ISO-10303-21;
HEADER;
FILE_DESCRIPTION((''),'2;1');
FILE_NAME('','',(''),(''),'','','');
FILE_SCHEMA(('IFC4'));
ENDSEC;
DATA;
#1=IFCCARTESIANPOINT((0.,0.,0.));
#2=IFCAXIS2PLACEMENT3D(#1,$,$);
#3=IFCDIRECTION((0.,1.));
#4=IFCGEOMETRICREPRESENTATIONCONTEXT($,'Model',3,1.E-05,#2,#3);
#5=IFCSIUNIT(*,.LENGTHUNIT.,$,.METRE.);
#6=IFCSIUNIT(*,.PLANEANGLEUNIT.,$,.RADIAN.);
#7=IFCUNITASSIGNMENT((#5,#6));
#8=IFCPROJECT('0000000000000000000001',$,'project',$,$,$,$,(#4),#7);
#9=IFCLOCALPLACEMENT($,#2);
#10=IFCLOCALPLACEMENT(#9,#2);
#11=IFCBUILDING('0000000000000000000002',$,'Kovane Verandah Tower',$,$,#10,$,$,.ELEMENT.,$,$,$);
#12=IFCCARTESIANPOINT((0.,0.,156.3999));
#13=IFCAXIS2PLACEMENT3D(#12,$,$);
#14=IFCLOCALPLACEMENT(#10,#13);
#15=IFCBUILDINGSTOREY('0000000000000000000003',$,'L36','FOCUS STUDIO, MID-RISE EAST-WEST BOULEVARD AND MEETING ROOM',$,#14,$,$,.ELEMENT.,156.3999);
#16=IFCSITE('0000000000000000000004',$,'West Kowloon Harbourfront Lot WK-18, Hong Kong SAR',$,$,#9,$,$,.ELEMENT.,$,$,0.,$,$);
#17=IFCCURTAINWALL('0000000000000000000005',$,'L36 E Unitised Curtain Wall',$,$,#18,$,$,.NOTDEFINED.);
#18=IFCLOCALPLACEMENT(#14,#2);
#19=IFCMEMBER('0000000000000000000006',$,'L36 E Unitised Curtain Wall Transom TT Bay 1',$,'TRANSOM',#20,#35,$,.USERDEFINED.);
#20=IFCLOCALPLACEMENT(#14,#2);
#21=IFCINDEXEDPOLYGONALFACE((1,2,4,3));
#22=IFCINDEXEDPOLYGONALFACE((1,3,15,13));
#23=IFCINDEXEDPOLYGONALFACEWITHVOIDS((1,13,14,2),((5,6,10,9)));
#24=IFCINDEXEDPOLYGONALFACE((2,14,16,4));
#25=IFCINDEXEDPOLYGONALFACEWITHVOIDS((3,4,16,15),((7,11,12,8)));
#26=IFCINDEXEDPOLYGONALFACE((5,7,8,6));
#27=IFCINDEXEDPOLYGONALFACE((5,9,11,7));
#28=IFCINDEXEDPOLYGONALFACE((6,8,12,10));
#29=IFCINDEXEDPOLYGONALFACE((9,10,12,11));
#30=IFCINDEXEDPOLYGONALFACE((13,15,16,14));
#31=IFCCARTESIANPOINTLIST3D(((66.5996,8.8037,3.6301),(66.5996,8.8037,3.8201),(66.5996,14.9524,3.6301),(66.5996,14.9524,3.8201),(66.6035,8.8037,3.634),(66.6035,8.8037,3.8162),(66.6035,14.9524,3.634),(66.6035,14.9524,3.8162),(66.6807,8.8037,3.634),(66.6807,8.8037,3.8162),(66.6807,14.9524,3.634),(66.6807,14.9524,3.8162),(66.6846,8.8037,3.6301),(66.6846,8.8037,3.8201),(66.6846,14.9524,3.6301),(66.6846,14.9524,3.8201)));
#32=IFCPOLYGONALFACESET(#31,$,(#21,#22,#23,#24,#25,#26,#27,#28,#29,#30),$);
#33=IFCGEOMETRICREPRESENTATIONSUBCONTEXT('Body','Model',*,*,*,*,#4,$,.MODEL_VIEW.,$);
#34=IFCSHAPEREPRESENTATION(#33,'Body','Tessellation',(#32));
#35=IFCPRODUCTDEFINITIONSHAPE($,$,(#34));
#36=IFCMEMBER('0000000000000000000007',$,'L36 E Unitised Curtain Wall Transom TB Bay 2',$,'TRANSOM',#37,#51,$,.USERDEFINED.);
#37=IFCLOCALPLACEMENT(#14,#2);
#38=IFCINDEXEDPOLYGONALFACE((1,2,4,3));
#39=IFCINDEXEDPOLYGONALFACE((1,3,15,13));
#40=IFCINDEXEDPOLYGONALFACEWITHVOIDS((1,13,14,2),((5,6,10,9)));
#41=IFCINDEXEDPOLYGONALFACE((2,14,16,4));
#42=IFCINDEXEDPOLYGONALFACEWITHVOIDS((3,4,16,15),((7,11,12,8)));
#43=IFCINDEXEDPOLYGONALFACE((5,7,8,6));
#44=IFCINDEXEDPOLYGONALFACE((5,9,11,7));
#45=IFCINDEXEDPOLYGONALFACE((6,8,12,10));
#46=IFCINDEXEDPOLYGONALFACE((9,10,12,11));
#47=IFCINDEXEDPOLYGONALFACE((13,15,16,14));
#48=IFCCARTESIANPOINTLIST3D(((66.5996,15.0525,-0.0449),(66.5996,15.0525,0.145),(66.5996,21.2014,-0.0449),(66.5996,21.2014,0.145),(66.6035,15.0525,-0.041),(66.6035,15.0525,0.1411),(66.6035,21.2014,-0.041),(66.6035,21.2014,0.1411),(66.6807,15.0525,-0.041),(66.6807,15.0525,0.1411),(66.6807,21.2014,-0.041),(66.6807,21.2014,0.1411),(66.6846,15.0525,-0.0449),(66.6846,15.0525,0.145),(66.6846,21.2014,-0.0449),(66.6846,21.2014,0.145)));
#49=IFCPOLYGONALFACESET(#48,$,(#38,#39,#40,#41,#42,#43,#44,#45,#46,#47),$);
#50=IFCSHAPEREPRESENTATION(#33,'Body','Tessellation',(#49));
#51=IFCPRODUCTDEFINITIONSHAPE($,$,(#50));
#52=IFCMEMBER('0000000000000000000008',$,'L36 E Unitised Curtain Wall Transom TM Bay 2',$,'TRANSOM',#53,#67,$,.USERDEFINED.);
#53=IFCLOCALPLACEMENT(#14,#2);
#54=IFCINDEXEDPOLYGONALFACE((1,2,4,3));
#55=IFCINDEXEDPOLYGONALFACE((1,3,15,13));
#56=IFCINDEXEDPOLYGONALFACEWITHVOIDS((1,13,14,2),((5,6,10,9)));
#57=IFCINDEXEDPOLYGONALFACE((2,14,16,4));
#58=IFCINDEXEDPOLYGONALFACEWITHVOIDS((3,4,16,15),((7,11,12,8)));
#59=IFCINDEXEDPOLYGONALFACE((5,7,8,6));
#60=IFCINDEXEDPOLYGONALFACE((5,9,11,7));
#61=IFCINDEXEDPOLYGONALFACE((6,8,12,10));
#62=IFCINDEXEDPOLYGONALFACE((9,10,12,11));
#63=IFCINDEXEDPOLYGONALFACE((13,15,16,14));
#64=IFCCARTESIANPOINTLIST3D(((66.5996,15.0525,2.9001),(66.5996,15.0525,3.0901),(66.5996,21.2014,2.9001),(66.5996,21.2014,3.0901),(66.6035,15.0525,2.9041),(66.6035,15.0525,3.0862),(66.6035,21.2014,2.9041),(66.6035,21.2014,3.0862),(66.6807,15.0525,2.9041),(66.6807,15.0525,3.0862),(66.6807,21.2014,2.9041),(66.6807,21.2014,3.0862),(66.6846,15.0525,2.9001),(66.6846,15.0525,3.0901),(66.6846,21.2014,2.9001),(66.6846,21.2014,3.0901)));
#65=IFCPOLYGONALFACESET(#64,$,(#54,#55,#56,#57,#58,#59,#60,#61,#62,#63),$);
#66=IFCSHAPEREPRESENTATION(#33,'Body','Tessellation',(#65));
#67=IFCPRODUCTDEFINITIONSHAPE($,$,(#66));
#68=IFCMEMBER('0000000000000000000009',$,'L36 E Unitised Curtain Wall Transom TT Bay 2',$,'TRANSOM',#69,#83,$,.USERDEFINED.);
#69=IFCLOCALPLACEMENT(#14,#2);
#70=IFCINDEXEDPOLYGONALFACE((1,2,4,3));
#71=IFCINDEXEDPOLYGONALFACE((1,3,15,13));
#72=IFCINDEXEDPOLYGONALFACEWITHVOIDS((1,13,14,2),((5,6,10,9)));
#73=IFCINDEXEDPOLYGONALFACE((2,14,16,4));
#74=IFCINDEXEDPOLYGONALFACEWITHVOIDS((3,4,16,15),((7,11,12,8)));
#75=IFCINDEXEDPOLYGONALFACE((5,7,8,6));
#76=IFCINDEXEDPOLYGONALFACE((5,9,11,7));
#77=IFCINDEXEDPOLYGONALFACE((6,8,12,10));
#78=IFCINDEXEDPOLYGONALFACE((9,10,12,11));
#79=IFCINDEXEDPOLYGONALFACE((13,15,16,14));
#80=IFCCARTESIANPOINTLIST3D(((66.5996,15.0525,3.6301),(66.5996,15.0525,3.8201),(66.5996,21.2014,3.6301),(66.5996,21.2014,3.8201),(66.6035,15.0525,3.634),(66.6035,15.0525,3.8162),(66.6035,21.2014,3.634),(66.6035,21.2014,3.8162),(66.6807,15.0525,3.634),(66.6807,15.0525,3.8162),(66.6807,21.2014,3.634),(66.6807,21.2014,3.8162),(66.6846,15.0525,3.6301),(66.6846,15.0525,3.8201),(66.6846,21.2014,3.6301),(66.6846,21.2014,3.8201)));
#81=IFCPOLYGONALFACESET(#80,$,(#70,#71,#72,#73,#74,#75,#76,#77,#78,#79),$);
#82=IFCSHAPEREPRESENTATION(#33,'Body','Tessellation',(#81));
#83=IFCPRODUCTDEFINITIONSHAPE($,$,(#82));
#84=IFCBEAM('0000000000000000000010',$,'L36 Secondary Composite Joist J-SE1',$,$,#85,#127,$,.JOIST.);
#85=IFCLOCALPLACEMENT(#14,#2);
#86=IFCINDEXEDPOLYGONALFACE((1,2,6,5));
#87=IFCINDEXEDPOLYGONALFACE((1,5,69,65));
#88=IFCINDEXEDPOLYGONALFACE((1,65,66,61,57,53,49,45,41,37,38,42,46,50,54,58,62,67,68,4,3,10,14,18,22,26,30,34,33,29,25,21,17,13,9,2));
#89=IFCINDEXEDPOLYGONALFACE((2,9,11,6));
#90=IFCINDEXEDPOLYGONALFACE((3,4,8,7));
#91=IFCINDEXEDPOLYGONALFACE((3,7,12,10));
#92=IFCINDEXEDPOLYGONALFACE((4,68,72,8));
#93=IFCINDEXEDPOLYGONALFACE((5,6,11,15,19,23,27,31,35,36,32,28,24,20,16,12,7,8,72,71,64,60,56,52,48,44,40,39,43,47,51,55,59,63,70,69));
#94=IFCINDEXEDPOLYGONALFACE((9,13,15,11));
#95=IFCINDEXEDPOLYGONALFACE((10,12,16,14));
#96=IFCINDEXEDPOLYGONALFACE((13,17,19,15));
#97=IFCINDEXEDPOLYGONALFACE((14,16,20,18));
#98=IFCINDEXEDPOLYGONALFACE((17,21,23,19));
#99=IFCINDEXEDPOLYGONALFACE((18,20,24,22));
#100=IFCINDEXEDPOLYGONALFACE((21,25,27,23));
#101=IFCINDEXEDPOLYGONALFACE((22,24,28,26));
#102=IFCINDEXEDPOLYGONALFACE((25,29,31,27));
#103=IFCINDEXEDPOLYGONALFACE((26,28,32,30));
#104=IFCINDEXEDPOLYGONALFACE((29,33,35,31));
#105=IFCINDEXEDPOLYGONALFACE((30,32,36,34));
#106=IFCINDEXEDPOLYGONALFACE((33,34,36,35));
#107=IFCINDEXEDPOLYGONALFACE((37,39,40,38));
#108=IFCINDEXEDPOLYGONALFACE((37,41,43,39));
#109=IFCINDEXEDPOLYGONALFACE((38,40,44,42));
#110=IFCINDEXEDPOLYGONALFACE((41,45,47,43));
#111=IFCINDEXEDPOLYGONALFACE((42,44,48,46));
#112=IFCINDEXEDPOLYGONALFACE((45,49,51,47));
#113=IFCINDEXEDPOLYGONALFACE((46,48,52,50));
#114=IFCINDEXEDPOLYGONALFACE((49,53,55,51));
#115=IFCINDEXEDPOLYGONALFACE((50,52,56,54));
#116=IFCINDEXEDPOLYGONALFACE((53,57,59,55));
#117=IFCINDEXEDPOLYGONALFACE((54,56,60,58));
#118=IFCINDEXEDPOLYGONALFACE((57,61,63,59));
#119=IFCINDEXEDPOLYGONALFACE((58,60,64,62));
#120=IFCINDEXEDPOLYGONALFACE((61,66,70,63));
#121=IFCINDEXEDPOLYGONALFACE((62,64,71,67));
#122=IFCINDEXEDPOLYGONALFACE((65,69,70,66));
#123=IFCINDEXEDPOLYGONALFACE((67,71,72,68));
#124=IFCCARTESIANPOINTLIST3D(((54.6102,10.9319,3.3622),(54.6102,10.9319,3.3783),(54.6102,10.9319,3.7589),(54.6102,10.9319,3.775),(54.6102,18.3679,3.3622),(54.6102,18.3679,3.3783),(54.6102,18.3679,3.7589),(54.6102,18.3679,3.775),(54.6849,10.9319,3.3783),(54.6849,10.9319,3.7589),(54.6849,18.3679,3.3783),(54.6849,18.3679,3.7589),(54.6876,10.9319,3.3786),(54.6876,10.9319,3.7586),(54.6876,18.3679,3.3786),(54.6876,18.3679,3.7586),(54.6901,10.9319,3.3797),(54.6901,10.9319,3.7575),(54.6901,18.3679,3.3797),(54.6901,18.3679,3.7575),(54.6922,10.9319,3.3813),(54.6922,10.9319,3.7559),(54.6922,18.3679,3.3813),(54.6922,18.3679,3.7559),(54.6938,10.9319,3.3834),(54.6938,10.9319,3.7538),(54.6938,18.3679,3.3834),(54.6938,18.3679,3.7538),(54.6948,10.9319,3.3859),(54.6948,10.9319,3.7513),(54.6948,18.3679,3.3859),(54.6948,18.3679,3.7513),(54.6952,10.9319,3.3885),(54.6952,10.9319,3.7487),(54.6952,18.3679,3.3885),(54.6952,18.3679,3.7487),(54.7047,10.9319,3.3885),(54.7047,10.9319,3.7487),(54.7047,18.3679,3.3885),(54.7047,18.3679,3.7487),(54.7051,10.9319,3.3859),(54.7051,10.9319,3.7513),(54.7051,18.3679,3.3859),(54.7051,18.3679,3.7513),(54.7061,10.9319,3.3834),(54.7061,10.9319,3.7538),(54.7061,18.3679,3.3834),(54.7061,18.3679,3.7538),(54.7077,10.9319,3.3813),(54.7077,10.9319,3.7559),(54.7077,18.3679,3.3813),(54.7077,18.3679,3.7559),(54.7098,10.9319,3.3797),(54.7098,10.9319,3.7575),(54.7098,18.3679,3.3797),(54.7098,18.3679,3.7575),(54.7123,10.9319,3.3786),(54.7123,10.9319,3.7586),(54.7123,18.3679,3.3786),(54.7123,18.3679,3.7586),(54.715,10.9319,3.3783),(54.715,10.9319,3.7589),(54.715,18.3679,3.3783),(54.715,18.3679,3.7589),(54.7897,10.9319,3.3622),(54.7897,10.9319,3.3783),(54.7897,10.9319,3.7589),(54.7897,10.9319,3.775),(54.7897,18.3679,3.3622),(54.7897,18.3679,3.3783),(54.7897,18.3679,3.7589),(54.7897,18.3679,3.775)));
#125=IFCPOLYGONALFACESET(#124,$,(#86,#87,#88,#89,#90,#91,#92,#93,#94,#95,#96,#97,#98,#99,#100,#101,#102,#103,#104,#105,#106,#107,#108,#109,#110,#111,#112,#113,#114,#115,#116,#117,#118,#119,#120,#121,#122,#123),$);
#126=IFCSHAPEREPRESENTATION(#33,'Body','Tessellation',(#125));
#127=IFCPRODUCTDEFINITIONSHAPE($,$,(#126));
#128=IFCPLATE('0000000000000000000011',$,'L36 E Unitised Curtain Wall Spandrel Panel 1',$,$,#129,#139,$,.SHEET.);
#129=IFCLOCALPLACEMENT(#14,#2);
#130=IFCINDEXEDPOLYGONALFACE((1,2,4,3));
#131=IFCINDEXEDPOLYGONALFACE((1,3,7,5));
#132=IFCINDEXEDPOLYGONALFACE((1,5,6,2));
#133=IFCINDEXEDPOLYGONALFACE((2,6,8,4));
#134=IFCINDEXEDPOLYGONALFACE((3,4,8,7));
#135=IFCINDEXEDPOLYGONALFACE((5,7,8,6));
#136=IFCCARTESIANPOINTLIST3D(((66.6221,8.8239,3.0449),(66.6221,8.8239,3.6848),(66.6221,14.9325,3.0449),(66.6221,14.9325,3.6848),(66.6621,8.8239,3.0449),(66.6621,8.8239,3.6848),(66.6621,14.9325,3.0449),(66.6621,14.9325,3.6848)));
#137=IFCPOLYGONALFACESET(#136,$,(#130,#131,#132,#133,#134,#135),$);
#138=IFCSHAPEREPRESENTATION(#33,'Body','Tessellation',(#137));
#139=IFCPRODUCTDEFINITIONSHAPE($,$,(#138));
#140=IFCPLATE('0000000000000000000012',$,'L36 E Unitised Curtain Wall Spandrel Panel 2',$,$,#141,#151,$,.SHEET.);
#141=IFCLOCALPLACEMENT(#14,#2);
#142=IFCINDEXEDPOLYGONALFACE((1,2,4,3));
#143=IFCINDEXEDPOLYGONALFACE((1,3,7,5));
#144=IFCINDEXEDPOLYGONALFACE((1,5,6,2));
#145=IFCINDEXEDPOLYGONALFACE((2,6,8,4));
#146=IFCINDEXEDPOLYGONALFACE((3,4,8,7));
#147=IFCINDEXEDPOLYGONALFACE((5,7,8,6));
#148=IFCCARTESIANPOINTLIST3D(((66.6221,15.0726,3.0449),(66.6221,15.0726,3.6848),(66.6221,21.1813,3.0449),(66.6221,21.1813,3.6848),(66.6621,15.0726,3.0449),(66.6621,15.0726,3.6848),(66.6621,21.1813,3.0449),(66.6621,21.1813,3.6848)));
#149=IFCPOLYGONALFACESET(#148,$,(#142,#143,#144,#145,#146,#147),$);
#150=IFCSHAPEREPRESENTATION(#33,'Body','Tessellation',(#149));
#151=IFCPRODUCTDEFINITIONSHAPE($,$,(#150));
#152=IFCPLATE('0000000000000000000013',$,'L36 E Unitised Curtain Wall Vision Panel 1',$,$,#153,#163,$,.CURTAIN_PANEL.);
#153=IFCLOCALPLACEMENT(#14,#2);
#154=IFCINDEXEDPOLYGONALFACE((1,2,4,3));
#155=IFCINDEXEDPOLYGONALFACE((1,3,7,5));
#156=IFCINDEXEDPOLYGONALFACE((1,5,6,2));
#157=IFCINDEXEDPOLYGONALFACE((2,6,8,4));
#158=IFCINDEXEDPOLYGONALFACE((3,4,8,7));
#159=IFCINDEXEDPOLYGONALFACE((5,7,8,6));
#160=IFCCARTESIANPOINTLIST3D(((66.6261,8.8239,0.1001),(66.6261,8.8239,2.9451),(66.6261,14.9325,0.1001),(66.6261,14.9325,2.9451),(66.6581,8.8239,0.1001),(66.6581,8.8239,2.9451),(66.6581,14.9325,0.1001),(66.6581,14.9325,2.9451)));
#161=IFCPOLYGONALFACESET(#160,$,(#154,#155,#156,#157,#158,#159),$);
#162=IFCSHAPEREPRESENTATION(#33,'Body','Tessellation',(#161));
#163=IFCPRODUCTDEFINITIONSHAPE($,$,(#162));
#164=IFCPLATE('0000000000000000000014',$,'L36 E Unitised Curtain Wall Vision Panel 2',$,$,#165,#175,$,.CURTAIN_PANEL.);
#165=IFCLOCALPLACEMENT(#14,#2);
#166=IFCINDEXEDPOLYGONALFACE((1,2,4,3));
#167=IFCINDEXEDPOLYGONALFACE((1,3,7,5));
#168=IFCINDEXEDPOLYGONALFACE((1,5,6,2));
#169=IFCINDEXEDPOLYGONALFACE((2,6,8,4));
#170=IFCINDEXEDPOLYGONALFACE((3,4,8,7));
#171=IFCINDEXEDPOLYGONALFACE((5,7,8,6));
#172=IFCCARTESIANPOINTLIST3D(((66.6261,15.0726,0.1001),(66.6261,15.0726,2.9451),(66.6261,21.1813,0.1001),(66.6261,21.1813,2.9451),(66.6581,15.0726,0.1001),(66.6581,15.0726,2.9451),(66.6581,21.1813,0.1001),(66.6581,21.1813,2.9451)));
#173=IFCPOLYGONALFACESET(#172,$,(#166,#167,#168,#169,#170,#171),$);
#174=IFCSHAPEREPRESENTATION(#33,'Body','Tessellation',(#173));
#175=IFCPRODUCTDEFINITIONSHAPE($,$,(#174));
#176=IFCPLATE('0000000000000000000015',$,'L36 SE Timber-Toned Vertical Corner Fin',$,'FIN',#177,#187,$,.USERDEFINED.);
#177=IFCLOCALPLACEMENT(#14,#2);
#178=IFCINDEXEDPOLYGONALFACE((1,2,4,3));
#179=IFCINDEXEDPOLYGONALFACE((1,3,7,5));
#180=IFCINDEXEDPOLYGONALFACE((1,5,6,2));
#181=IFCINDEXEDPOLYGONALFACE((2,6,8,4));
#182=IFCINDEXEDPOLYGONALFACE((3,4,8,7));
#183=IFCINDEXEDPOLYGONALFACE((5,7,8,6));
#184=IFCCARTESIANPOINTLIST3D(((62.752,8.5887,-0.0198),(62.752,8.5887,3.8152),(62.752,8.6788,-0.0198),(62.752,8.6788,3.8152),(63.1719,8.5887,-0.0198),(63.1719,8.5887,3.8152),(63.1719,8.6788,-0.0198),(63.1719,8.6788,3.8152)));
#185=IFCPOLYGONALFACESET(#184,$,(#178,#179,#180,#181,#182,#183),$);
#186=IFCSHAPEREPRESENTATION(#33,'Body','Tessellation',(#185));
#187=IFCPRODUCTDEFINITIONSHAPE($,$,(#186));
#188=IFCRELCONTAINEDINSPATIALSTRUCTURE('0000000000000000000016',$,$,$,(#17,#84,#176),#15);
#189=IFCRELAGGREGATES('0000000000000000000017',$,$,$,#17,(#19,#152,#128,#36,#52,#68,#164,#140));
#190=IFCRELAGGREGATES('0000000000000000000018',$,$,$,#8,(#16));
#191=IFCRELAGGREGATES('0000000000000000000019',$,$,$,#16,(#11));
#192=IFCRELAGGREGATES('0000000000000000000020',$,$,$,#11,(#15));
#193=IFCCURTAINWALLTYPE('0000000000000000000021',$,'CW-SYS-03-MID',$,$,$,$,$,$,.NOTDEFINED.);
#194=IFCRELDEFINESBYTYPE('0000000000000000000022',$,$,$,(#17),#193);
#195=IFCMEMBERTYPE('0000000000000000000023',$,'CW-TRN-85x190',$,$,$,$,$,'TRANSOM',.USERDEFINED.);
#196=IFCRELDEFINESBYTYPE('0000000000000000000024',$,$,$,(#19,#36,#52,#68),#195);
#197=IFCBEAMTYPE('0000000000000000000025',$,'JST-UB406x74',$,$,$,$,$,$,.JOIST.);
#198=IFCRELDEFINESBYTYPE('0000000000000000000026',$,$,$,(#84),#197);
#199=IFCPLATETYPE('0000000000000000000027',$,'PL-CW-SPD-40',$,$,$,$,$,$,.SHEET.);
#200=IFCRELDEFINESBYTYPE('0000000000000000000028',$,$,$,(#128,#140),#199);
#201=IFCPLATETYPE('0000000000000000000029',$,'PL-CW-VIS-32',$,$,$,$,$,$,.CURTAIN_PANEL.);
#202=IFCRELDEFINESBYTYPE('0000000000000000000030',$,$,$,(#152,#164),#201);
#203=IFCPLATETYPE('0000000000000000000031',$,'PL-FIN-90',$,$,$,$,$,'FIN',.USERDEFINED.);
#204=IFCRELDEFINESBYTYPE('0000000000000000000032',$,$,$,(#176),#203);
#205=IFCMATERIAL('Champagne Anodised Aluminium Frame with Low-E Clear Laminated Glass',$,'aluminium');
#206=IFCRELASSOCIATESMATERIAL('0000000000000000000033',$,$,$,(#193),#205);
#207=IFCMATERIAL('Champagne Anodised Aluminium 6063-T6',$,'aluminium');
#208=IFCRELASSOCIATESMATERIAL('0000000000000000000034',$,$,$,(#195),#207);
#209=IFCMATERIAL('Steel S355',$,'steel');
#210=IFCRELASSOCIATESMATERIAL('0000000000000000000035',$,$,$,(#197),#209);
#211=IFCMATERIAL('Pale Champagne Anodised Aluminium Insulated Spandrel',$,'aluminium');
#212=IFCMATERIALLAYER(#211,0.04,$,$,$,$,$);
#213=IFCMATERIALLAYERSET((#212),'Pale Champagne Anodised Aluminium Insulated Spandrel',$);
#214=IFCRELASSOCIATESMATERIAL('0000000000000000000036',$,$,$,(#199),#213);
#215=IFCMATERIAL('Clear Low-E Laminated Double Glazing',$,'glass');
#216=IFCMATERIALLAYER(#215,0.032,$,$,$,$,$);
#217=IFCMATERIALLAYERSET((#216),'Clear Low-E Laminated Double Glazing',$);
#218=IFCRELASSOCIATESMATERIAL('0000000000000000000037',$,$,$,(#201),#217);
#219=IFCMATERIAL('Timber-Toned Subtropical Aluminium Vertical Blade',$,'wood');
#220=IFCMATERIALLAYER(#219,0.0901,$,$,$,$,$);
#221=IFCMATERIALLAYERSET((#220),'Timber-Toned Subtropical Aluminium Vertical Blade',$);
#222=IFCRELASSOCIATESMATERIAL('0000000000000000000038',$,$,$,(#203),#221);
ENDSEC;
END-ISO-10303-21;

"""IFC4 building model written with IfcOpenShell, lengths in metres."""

from ifc_helpers import new_model, si_unit, direction, frame, origin, origin_2d, place, context, subcontext, project, spatial, rectangle, hollow_rectangle, i_section, extrude, material, layer, layer_set, material_profile, profile_set, type_object, element, aggregate, save


model = new_model("IFC4")

# Units and contexts
model_context = context("Model", 3, precision=1e-05, world=origin(), true_north=direction((0.0, 1.0)))
body_context = subcontext(model_context, "Body", "Model", "MODEL_VIEW")
ifc_project = project(units=[si_unit("LENGTHUNIT", "METRE"), si_unit("PLANEANGLEUNIT", "RADIAN")], contexts=[model_context])

# Site, building, storey
site_placement = place(None, origin())
site = spatial("IfcSite", under=ifc_project, at=site_placement, Name="West Kowloon Harbourfront Lot WK-18, Hong Kong SAR", CompositionType="ELEMENT", RefElevation=0.0)
building_placement = place(site_placement, origin())
building = spatial("IfcBuilding", under=site, at=building_placement, Name="Kovane Verandah Tower", CompositionType="ELEMENT")
storey_placement = place(building_placement, frame((0.0, 0.0, 156.3999)))
storey = spatial("IfcBuildingStorey", under=building, at=storey_placement, Name="L36", Description="FOCUS STUDIO, MID-RISE EAST-WEST BOULEVARD AND MEETING ROOM", CompositionType="ELEMENT", Elevation=156.3999)

# Shared definitions
ifc_material_1 = material(Name="Steel S355", Category="steel")

# Curtain wall, members
ifc_material_2 = material(Name="Champagne Anodised Aluminium Frame with Low-E Clear Laminated Glass", Category="aluminium")
curtain_wall_type = type_object("IfcCurtainWallType", Name="CW-SYS-03-MID", PredefinedType="NOTDEFINED", material=ifc_material_2)
curtain_wall_placement = place(storey_placement, origin())
curtain_wall = element("IfcCurtainWall", 1, at=curtain_wall_placement, inside=storey, type_object=curtain_wall_type, Name="L36 E Unitised Curtain Wall", PredefinedType="NOTDEFINED")
ifc_material_3 = material(Name="Champagne Anodised Aluminium 6063-T6", Category="aluminium")
ifc_material_profile_1 = material_profile(ifc_material_3, hollow_rectangle(XDim=0.085, YDim=0.1899, WallThickness=0.0039, at=origin_2d()), Name="AL85x190x4")
ifc_profile_set_1 = profile_set([ifc_material_profile_1], Name="Champagne Anodised Aluminium 6063-T6")
member_type_1 = type_object("IfcMemberType", Name="CW-TRN-85x190", ElementType="TRANSOM", PredefinedType="USERDEFINED", material=ifc_profile_set_1)
member_1_placement = place(storey_placement, frame((66.6421, 8.8037, 3.7251), z_axis=(0.0, 1.0, 0.0), x_axis=(-1.0, 0.0, 0.0)))
member_1 = element("IfcMember", 2, at=member_1_placement, type_object=member_type_1, Name="L36 E Unitised Curtain Wall Transom TT Bay 1", ObjectType="TRANSOM", PredefinedType="USERDEFINED", context=body_context, shape_type="SweptSolid", body=[
    extrude(hollow_rectangle(XDim=0.085, YDim=0.1899, WallThickness=0.0039, at=origin_2d()), origin(), (0.0, 0.0, 1.0), 6.1487),
])
member_2_placement = place(storey_placement, frame((66.6421, 15.0525, 0.05), z_axis=(0.0, 1.0, 0.0), x_axis=(-1.0, 0.0, 0.0)))
member_2 = element("IfcMember", 3, at=member_2_placement, type_object=member_type_1, Name="L36 E Unitised Curtain Wall Transom TB Bay 2", ObjectType="TRANSOM", PredefinedType="USERDEFINED", context=body_context, shape_type="SweptSolid", body=[
    extrude(hollow_rectangle(XDim=0.085, YDim=0.1899, WallThickness=0.0039, at=origin_2d()), origin(), (0.0, 0.0, 1.0), 6.1489),
])
member_3_placement = place(storey_placement, frame((66.6421, 15.0525, 2.9951), z_axis=(0.0, 1.0, 0.0), x_axis=(-1.0, 0.0, 0.0)))
member_3 = element("IfcMember", 4, at=member_3_placement, type_object=member_type_1, Name="L36 E Unitised Curtain Wall Transom TM Bay 2", ObjectType="TRANSOM", PredefinedType="USERDEFINED", context=body_context, shape_type="SweptSolid", body=[
    extrude(hollow_rectangle(XDim=0.085, YDim=0.1899, WallThickness=0.0039, at=origin_2d()), origin(), (0.0, 0.0, 1.0), 6.1489),
])
member_4_placement = place(storey_placement, frame((66.6421, 15.0525, 3.7251), z_axis=(0.0, 1.0, 0.0), x_axis=(-1.0, 0.0, 0.0)))
member_4 = element("IfcMember", 5, at=member_4_placement, type_object=member_type_1, Name="L36 E Unitised Curtain Wall Transom TT Bay 2", ObjectType="TRANSOM", PredefinedType="USERDEFINED", context=body_context, shape_type="SweptSolid", body=[
    extrude(hollow_rectangle(XDim=0.085, YDim=0.1899, WallThickness=0.0039, at=origin_2d()), origin(), (0.0, 0.0, 1.0), 6.1489),
])

# Beam
ifc_material_profile_2 = material_profile(ifc_material_1, i_section(OverallWidth=0.1794, OverallDepth=0.4128, WebThickness=0.0095, FlangeThickness=0.0161, FilletRadius=0.0103, at=origin_2d()), Name="UB406x178x74")
ifc_profile_set_2 = profile_set([ifc_material_profile_2], Name="Steel S355")
beam_type_1 = type_object("IfcBeamType", Name="JST-UB406x74", PredefinedType="JOIST", material=ifc_profile_set_2)
beam_1_placement = place(storey_placement, frame((54.7, 10.9319, 3.5686), z_axis=(0.0, 1.0, 0.0), x_axis=(-1.0, 0.0, 0.0)))
element("IfcBeam", 6, at=beam_1_placement, inside=storey, type_object=beam_type_1, Name="L36 Secondary Composite Joist J-SE1", PredefinedType="JOIST", context=body_context, shape_type="SweptSolid", body=[
    extrude(i_section(OverallWidth=0.1794, OverallDepth=0.4128, WebThickness=0.0095, FlangeThickness=0.0161, FilletRadius=0.0103, at=origin_2d()), origin(), (0.0, 0.0, 1.0), 7.436),
])

# Plates
ifc_material_4 = material(Name="Pale Champagne Anodised Aluminium Insulated Spandrel", Category="aluminium")
ifc_layer_1 = layer(ifc_material_4, 0.04)
ifc_layer_set_1 = layer_set([ifc_layer_1], Name="Pale Champagne Anodised Aluminium Insulated Spandrel")
plate_type_1 = type_object("IfcPlateType", Name="PL-CW-SPD-40", PredefinedType="SHEET", material=ifc_layer_set_1)
plate_1_placement = place(storey_placement, frame((66.6421, 11.8782, 3.0449), z_axis=(0.0, 0.0, 1.0), x_axis=(0.0, 1.0, 0.0)))
plate_1 = element("IfcPlate", 7, at=plate_1_placement, type_object=plate_type_1, Name="L36 E Unitised Curtain Wall Spandrel Panel 1", PredefinedType="SHEET", context=body_context, shape_type="SweptSolid", body=[
    extrude(rectangle(XDim=6.1086, YDim=0.04, at=origin_2d()), origin(), (0.0, 0.0, 1.0), 0.6399),
])
plate_2_placement = place(storey_placement, frame((66.6421, 18.127, 3.0449), z_axis=(0.0, 0.0, 1.0), x_axis=(0.0, 1.0, 0.0)))
plate_2 = element("IfcPlate", 8, at=plate_2_placement, type_object=plate_type_1, Name="L36 E Unitised Curtain Wall Spandrel Panel 2", PredefinedType="SHEET", context=body_context, shape_type="SweptSolid", body=[
    extrude(rectangle(XDim=6.1086, YDim=0.04, at=origin_2d()), origin(), (0.0, 0.0, 1.0), 0.6399),
])
ifc_material_5 = material(Name="Clear Low-E Laminated Double Glazing", Category="glass")
ifc_layer_2 = layer(ifc_material_5, 0.032)
ifc_layer_set_2 = layer_set([ifc_layer_2], Name="Clear Low-E Laminated Double Glazing")
plate_type_2 = type_object("IfcPlateType", Name="PL-CW-VIS-32", PredefinedType="CURTAIN_PANEL", material=ifc_layer_set_2)
plate_3_placement = place(storey_placement, frame((66.6421, 11.8782, 0.1001), z_axis=(0.0, 0.0, 1.0), x_axis=(0.0, 1.0, 0.0)))
plate_3 = element("IfcPlate", 9, at=plate_3_placement, type_object=plate_type_2, Name="L36 E Unitised Curtain Wall Vision Panel 1", PredefinedType="CURTAIN_PANEL", context=body_context, shape_type="SweptSolid", body=[
    extrude(rectangle(XDim=6.1086, YDim=0.032, at=origin_2d()), origin(), (0.0, 0.0, 1.0), 2.845),
])
plate_4_placement = place(storey_placement, frame((66.6421, 18.127, 0.1001), z_axis=(0.0, 0.0, 1.0), x_axis=(0.0, 1.0, 0.0)))
plate_4 = element("IfcPlate", 10, at=plate_4_placement, type_object=plate_type_2, Name="L36 E Unitised Curtain Wall Vision Panel 2", PredefinedType="CURTAIN_PANEL", context=body_context, shape_type="SweptSolid", body=[
    extrude(rectangle(XDim=6.1086, YDim=0.032, at=origin_2d()), origin(), (0.0, 0.0, 1.0), 2.845),
])
aggregate(curtain_wall, [member_1, plate_3, plate_1, member_2, member_3, member_4, plate_4, plate_2])
ifc_material_6 = material(Name="Timber-Toned Subtropical Aluminium Vertical Blade", Category="wood")
ifc_layer_3 = layer(ifc_material_6, 0.0901)
ifc_layer_set_3 = layer_set([ifc_layer_3], Name="Timber-Toned Subtropical Aluminium Vertical Blade")
plate_type_3 = type_object("IfcPlateType", Name="PL-FIN-90", ElementType="FIN", PredefinedType="USERDEFINED", material=ifc_layer_set_3)
plate_5_placement = place(storey_placement, frame((62.9619, 8.6338, -0.0198), z_axis=(0.0, 0.0, 1.0), x_axis=(1.0, 0.0, 0.0)))
element("IfcPlate", 11, at=plate_5_placement, inside=storey, type_object=plate_type_3, Name="L36 SE Timber-Toned Vertical Corner Fin", ObjectType="FIN", PredefinedType="USERDEFINED", context=body_context, shape_type="SweptSolid", body=[
    extrude(rectangle(XDim=0.4199, YDim=0.0901, at=origin_2d()), origin(), (0.0, 0.0, 1.0), 3.835),
])

save(model, "model.ifc")
